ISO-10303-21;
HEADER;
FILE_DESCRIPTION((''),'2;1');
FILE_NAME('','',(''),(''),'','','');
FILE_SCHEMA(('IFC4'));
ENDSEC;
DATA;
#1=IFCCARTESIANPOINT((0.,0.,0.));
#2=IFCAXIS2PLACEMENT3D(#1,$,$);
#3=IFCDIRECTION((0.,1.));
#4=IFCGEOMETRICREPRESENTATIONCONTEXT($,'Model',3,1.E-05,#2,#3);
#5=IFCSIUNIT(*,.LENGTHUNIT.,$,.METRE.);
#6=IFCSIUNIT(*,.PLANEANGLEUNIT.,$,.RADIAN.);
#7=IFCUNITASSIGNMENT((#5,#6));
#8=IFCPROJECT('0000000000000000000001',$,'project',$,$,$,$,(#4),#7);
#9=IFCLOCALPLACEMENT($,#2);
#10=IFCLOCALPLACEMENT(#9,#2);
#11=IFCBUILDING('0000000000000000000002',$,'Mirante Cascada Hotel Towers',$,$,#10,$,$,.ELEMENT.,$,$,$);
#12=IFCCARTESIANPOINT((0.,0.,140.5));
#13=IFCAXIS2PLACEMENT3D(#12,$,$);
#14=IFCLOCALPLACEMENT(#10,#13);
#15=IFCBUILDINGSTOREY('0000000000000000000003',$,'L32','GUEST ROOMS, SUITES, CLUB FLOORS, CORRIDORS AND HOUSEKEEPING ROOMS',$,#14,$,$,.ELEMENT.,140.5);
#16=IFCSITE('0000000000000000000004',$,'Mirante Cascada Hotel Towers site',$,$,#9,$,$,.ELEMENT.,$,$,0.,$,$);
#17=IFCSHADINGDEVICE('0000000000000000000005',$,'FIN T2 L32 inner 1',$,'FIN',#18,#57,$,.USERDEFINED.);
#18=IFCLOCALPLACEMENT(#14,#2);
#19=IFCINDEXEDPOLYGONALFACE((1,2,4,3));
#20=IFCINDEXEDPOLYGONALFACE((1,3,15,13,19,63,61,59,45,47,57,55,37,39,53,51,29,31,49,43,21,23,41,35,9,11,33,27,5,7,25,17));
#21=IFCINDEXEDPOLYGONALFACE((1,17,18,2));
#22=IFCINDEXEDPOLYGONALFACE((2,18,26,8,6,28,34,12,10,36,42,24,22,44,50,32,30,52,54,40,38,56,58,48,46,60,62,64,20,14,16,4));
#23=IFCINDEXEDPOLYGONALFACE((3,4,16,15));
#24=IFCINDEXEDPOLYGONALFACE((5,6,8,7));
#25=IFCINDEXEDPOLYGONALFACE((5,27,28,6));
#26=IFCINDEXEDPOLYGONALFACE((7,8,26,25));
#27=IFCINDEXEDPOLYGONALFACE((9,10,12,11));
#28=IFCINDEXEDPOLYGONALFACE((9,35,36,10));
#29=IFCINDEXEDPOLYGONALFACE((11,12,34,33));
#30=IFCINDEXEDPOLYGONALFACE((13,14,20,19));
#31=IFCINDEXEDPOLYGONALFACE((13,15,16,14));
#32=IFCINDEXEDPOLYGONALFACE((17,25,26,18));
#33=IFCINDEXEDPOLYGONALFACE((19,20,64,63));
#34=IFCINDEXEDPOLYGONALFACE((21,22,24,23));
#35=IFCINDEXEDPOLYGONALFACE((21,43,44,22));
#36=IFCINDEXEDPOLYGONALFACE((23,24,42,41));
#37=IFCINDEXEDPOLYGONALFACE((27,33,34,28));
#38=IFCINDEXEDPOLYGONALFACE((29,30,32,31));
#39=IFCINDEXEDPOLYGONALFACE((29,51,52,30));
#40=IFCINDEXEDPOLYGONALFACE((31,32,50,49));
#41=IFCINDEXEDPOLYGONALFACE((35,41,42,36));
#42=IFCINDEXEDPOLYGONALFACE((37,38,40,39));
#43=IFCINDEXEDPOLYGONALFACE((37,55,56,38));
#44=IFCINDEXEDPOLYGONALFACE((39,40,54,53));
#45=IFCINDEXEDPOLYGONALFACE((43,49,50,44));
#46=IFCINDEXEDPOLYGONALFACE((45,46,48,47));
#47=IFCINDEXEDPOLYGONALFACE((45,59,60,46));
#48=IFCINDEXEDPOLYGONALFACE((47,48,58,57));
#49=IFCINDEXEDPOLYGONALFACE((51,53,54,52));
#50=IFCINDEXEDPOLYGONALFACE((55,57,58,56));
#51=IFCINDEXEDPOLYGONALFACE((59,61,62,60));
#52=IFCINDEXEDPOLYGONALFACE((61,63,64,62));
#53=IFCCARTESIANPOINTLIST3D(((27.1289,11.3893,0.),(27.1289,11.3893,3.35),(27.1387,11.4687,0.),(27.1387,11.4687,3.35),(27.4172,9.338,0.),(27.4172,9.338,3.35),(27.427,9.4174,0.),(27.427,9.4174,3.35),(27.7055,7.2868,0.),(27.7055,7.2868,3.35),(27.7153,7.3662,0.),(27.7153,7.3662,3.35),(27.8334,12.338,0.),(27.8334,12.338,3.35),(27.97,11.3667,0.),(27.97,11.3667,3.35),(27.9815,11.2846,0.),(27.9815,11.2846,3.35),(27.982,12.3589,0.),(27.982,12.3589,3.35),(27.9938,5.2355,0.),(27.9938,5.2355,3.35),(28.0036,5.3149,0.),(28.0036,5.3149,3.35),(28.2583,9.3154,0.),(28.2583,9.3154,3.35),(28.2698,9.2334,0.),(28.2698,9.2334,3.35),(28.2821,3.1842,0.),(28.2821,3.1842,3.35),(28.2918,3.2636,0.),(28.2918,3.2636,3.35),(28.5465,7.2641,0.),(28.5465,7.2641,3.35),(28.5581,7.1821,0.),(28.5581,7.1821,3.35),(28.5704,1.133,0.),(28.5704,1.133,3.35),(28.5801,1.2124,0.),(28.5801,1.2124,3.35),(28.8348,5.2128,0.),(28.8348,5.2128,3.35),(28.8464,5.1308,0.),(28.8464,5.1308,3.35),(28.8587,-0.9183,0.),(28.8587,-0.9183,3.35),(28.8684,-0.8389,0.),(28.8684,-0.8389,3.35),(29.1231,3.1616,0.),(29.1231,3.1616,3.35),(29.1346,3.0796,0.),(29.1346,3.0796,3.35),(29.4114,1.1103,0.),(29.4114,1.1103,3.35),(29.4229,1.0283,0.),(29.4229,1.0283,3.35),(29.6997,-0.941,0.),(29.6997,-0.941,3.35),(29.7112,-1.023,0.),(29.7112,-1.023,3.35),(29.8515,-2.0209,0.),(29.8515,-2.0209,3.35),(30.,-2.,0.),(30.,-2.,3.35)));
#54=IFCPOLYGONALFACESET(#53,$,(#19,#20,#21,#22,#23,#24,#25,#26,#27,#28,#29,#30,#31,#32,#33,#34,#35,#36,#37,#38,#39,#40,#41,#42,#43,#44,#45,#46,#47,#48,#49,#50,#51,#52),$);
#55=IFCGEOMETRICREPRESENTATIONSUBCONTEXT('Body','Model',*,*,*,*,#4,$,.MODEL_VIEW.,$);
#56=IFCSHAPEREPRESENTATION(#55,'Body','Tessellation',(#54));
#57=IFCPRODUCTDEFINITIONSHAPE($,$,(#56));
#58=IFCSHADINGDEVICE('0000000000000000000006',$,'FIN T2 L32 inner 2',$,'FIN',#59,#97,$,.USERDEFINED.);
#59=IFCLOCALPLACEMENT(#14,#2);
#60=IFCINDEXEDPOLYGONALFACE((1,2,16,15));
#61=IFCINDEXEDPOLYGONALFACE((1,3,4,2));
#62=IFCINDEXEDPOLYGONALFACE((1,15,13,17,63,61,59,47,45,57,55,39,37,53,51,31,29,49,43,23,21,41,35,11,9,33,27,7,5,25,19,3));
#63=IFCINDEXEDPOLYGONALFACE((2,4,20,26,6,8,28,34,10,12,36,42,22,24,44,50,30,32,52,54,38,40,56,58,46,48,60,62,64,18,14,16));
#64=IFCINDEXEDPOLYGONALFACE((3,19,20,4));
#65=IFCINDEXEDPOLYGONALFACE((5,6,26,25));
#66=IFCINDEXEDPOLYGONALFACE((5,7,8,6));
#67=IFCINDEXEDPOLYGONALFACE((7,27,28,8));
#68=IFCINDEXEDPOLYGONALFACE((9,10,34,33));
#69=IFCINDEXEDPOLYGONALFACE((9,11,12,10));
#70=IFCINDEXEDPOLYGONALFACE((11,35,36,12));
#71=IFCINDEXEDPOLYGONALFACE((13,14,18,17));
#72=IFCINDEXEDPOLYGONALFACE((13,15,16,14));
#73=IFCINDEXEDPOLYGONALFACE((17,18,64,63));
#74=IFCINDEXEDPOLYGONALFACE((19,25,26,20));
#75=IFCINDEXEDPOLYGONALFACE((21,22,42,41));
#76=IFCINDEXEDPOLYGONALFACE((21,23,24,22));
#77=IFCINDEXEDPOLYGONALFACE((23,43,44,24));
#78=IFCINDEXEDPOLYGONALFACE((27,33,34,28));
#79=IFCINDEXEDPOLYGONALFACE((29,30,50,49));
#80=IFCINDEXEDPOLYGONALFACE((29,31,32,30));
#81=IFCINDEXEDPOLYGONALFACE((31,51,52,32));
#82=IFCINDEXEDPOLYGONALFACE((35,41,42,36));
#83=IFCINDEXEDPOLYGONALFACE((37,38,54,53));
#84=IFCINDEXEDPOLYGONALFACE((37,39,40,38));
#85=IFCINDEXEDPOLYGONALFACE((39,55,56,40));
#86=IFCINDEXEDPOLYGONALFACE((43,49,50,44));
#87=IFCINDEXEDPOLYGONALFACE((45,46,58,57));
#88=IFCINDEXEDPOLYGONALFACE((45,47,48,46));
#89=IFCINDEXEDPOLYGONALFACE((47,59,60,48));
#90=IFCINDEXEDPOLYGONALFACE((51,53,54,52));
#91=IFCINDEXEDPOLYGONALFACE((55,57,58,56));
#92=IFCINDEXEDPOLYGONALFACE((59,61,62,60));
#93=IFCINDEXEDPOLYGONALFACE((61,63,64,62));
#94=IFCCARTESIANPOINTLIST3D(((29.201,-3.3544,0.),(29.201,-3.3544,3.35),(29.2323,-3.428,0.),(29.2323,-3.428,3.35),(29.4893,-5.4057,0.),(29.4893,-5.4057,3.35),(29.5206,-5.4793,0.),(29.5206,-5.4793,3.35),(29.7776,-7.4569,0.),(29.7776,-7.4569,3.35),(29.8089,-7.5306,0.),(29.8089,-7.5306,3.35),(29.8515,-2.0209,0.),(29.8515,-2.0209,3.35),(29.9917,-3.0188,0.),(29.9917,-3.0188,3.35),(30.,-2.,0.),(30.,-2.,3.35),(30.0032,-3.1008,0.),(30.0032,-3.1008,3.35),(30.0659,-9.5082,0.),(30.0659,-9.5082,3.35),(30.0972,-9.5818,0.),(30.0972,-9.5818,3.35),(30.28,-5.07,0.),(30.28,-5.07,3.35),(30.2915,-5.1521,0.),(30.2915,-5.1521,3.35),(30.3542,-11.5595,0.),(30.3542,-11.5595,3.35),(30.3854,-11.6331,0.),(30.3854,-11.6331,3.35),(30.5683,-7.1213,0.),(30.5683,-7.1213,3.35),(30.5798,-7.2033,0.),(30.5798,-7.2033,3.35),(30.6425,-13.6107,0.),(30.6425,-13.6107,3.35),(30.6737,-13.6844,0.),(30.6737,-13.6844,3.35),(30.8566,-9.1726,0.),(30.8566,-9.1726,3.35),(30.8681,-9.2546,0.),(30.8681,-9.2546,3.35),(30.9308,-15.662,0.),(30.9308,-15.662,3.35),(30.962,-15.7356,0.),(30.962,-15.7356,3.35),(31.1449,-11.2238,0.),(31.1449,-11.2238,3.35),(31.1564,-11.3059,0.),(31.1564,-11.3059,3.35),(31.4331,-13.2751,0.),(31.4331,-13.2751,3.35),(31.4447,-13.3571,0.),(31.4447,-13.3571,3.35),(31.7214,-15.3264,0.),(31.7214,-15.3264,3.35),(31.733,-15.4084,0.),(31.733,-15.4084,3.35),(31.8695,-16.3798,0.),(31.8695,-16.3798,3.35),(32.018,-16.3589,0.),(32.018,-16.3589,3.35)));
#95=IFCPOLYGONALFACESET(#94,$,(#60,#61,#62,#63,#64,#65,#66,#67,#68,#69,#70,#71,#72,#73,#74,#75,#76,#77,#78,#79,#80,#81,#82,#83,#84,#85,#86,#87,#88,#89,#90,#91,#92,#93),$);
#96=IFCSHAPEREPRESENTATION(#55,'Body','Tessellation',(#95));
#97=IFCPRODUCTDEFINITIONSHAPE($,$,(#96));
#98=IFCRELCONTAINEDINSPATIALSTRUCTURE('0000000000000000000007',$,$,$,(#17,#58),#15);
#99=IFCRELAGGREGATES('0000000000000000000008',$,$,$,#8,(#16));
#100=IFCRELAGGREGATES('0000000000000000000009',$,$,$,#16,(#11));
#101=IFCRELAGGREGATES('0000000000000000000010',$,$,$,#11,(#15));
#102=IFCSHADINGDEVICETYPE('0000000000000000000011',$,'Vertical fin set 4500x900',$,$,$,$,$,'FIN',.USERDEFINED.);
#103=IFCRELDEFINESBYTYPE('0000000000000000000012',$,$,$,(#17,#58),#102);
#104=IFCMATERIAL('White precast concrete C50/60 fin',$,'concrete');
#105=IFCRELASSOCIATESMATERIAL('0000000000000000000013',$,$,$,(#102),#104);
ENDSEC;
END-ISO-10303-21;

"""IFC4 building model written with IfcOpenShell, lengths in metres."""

from ifc_helpers import new_model, si_unit, direction, frame, origin, place, context, subcontext, project, spatial, polyline, outline, extrude, material, type_object, element, save


model = new_model("IFC4")

# Units and contexts
model_context = context("Model", 3, precision=1e-05, world=origin(), true_north=direction((0.0, 1.0)))
body_context = subcontext(model_context, "Body", "Model", "MODEL_VIEW")
ifc_project = project(units=[si_unit("LENGTHUNIT", "METRE"), si_unit("PLANEANGLEUNIT", "RADIAN")], contexts=[model_context])

# Site, building, storey
site_placement = place(None, origin())
site = spatial("IfcSite", under=ifc_project, at=site_placement, Name="Mirante Cascada Hotel Towers site", CompositionType="ELEMENT", RefElevation=0.0)
building_placement = place(site_placement, origin())
building = spatial("IfcBuilding", under=site, at=building_placement, Name="Mirante Cascada Hotel Towers", CompositionType="ELEMENT")
storey_placement = place(building_placement, frame((0.0, 0.0, 140.5)))
storey = spatial("IfcBuildingStorey", under=building, at=storey_placement, Name="L32", Description="GUEST ROOMS, SUITES, CLUB FLOORS, CORRIDORS AND HOUSEKEEPING ROOMS", CompositionType="ELEMENT", Elevation=140.5)

# Shading devices
ifc_material_1 = material(Name="White precast concrete C50/60 fin", Category="concrete")
shading_device_type = type_object("IfcShadingDeviceType", Name="Vertical fin set 4500x900", ElementType="FIN", PredefinedType="USERDEFINED", material=ifc_material_1)
shading_device_1_placement = place(storey_placement, origin())
element("IfcShadingDevice", 1, at=shading_device_1_placement, inside=storey, type_object=shading_device_type, Name="FIN T2 L32 inner 1", ObjectType="FIN", PredefinedType="USERDEFINED", context=body_context, shape_type="SweptSolid", body=[
    extrude(outline(polyline([(28.8684, -0.8389), (29.6997, -0.941), (29.4229, 1.0283), (28.5704, 1.133), (28.5801, 1.2124), (29.4114, 1.1103), (29.1346, 3.0796), (28.2821, 3.1842), (28.2918, 3.2636), (29.1231, 3.1616), (28.8464, 5.1308), (27.9938, 5.2355), (28.0036, 5.3149), (28.8348, 5.2128), (28.5581, 7.1821), (27.7055, 7.2868), (27.7153, 7.3662), (28.5465, 7.2641), (28.2698, 9.2334), (27.4172, 9.338), (27.427, 9.4174), (28.2583, 9.3154), (27.9815, 11.2846), (27.1289, 11.3893), (27.1387, 11.4687), (27.97, 11.3667), (27.8334, 12.338), (27.982, 12.3589), (30.0, -2.0), (29.8515, -2.0209), (29.7112, -1.023), (28.8587, -0.9183), (28.8684, -0.8389)])), origin(), (0.0, 0.0, 1.0), 3.35),
])
shading_device_2_placement = place(storey_placement, origin())
element("IfcShadingDevice", 2, at=shading_device_2_placement, inside=storey, type_object=shading_device_type, Name="FIN T2 L32 inner 2", ObjectType="FIN", PredefinedType="USERDEFINED", context=body_context, shape_type="SweptSolid", body=[
    extrude(outline(polyline([(30.9308, -15.662), (31.7214, -15.3264), (31.4447, -13.3571), (30.6737, -13.6844), (30.6425, -13.6107), (31.4331, -13.2751), (31.1564, -11.3059), (30.3854, -11.6331), (30.3542, -11.5595), (31.1449, -11.2238), (30.8681, -9.2546), (30.0972, -9.5818), (30.0659, -9.5082), (30.8566, -9.1726), (30.5798, -7.2033), (29.8089, -7.5306), (29.7776, -7.4569), (30.5683, -7.1213), (30.2915, -5.1521), (29.5206, -5.4793), (29.4893, -5.4057), (30.28, -5.07), (30.0032, -3.1008), (29.2323, -3.428), (29.201, -3.3544), (29.9917, -3.0188), (29.8515, -2.0209), (30.0, -2.0), (32.018, -16.3589), (31.8695, -16.3798), (31.733, -15.4084), (30.962, -15.7356), (30.9308, -15.662)])), origin(), (0.0, 0.0, 1.0), 3.35),
])

save(model, "model.ifc")
